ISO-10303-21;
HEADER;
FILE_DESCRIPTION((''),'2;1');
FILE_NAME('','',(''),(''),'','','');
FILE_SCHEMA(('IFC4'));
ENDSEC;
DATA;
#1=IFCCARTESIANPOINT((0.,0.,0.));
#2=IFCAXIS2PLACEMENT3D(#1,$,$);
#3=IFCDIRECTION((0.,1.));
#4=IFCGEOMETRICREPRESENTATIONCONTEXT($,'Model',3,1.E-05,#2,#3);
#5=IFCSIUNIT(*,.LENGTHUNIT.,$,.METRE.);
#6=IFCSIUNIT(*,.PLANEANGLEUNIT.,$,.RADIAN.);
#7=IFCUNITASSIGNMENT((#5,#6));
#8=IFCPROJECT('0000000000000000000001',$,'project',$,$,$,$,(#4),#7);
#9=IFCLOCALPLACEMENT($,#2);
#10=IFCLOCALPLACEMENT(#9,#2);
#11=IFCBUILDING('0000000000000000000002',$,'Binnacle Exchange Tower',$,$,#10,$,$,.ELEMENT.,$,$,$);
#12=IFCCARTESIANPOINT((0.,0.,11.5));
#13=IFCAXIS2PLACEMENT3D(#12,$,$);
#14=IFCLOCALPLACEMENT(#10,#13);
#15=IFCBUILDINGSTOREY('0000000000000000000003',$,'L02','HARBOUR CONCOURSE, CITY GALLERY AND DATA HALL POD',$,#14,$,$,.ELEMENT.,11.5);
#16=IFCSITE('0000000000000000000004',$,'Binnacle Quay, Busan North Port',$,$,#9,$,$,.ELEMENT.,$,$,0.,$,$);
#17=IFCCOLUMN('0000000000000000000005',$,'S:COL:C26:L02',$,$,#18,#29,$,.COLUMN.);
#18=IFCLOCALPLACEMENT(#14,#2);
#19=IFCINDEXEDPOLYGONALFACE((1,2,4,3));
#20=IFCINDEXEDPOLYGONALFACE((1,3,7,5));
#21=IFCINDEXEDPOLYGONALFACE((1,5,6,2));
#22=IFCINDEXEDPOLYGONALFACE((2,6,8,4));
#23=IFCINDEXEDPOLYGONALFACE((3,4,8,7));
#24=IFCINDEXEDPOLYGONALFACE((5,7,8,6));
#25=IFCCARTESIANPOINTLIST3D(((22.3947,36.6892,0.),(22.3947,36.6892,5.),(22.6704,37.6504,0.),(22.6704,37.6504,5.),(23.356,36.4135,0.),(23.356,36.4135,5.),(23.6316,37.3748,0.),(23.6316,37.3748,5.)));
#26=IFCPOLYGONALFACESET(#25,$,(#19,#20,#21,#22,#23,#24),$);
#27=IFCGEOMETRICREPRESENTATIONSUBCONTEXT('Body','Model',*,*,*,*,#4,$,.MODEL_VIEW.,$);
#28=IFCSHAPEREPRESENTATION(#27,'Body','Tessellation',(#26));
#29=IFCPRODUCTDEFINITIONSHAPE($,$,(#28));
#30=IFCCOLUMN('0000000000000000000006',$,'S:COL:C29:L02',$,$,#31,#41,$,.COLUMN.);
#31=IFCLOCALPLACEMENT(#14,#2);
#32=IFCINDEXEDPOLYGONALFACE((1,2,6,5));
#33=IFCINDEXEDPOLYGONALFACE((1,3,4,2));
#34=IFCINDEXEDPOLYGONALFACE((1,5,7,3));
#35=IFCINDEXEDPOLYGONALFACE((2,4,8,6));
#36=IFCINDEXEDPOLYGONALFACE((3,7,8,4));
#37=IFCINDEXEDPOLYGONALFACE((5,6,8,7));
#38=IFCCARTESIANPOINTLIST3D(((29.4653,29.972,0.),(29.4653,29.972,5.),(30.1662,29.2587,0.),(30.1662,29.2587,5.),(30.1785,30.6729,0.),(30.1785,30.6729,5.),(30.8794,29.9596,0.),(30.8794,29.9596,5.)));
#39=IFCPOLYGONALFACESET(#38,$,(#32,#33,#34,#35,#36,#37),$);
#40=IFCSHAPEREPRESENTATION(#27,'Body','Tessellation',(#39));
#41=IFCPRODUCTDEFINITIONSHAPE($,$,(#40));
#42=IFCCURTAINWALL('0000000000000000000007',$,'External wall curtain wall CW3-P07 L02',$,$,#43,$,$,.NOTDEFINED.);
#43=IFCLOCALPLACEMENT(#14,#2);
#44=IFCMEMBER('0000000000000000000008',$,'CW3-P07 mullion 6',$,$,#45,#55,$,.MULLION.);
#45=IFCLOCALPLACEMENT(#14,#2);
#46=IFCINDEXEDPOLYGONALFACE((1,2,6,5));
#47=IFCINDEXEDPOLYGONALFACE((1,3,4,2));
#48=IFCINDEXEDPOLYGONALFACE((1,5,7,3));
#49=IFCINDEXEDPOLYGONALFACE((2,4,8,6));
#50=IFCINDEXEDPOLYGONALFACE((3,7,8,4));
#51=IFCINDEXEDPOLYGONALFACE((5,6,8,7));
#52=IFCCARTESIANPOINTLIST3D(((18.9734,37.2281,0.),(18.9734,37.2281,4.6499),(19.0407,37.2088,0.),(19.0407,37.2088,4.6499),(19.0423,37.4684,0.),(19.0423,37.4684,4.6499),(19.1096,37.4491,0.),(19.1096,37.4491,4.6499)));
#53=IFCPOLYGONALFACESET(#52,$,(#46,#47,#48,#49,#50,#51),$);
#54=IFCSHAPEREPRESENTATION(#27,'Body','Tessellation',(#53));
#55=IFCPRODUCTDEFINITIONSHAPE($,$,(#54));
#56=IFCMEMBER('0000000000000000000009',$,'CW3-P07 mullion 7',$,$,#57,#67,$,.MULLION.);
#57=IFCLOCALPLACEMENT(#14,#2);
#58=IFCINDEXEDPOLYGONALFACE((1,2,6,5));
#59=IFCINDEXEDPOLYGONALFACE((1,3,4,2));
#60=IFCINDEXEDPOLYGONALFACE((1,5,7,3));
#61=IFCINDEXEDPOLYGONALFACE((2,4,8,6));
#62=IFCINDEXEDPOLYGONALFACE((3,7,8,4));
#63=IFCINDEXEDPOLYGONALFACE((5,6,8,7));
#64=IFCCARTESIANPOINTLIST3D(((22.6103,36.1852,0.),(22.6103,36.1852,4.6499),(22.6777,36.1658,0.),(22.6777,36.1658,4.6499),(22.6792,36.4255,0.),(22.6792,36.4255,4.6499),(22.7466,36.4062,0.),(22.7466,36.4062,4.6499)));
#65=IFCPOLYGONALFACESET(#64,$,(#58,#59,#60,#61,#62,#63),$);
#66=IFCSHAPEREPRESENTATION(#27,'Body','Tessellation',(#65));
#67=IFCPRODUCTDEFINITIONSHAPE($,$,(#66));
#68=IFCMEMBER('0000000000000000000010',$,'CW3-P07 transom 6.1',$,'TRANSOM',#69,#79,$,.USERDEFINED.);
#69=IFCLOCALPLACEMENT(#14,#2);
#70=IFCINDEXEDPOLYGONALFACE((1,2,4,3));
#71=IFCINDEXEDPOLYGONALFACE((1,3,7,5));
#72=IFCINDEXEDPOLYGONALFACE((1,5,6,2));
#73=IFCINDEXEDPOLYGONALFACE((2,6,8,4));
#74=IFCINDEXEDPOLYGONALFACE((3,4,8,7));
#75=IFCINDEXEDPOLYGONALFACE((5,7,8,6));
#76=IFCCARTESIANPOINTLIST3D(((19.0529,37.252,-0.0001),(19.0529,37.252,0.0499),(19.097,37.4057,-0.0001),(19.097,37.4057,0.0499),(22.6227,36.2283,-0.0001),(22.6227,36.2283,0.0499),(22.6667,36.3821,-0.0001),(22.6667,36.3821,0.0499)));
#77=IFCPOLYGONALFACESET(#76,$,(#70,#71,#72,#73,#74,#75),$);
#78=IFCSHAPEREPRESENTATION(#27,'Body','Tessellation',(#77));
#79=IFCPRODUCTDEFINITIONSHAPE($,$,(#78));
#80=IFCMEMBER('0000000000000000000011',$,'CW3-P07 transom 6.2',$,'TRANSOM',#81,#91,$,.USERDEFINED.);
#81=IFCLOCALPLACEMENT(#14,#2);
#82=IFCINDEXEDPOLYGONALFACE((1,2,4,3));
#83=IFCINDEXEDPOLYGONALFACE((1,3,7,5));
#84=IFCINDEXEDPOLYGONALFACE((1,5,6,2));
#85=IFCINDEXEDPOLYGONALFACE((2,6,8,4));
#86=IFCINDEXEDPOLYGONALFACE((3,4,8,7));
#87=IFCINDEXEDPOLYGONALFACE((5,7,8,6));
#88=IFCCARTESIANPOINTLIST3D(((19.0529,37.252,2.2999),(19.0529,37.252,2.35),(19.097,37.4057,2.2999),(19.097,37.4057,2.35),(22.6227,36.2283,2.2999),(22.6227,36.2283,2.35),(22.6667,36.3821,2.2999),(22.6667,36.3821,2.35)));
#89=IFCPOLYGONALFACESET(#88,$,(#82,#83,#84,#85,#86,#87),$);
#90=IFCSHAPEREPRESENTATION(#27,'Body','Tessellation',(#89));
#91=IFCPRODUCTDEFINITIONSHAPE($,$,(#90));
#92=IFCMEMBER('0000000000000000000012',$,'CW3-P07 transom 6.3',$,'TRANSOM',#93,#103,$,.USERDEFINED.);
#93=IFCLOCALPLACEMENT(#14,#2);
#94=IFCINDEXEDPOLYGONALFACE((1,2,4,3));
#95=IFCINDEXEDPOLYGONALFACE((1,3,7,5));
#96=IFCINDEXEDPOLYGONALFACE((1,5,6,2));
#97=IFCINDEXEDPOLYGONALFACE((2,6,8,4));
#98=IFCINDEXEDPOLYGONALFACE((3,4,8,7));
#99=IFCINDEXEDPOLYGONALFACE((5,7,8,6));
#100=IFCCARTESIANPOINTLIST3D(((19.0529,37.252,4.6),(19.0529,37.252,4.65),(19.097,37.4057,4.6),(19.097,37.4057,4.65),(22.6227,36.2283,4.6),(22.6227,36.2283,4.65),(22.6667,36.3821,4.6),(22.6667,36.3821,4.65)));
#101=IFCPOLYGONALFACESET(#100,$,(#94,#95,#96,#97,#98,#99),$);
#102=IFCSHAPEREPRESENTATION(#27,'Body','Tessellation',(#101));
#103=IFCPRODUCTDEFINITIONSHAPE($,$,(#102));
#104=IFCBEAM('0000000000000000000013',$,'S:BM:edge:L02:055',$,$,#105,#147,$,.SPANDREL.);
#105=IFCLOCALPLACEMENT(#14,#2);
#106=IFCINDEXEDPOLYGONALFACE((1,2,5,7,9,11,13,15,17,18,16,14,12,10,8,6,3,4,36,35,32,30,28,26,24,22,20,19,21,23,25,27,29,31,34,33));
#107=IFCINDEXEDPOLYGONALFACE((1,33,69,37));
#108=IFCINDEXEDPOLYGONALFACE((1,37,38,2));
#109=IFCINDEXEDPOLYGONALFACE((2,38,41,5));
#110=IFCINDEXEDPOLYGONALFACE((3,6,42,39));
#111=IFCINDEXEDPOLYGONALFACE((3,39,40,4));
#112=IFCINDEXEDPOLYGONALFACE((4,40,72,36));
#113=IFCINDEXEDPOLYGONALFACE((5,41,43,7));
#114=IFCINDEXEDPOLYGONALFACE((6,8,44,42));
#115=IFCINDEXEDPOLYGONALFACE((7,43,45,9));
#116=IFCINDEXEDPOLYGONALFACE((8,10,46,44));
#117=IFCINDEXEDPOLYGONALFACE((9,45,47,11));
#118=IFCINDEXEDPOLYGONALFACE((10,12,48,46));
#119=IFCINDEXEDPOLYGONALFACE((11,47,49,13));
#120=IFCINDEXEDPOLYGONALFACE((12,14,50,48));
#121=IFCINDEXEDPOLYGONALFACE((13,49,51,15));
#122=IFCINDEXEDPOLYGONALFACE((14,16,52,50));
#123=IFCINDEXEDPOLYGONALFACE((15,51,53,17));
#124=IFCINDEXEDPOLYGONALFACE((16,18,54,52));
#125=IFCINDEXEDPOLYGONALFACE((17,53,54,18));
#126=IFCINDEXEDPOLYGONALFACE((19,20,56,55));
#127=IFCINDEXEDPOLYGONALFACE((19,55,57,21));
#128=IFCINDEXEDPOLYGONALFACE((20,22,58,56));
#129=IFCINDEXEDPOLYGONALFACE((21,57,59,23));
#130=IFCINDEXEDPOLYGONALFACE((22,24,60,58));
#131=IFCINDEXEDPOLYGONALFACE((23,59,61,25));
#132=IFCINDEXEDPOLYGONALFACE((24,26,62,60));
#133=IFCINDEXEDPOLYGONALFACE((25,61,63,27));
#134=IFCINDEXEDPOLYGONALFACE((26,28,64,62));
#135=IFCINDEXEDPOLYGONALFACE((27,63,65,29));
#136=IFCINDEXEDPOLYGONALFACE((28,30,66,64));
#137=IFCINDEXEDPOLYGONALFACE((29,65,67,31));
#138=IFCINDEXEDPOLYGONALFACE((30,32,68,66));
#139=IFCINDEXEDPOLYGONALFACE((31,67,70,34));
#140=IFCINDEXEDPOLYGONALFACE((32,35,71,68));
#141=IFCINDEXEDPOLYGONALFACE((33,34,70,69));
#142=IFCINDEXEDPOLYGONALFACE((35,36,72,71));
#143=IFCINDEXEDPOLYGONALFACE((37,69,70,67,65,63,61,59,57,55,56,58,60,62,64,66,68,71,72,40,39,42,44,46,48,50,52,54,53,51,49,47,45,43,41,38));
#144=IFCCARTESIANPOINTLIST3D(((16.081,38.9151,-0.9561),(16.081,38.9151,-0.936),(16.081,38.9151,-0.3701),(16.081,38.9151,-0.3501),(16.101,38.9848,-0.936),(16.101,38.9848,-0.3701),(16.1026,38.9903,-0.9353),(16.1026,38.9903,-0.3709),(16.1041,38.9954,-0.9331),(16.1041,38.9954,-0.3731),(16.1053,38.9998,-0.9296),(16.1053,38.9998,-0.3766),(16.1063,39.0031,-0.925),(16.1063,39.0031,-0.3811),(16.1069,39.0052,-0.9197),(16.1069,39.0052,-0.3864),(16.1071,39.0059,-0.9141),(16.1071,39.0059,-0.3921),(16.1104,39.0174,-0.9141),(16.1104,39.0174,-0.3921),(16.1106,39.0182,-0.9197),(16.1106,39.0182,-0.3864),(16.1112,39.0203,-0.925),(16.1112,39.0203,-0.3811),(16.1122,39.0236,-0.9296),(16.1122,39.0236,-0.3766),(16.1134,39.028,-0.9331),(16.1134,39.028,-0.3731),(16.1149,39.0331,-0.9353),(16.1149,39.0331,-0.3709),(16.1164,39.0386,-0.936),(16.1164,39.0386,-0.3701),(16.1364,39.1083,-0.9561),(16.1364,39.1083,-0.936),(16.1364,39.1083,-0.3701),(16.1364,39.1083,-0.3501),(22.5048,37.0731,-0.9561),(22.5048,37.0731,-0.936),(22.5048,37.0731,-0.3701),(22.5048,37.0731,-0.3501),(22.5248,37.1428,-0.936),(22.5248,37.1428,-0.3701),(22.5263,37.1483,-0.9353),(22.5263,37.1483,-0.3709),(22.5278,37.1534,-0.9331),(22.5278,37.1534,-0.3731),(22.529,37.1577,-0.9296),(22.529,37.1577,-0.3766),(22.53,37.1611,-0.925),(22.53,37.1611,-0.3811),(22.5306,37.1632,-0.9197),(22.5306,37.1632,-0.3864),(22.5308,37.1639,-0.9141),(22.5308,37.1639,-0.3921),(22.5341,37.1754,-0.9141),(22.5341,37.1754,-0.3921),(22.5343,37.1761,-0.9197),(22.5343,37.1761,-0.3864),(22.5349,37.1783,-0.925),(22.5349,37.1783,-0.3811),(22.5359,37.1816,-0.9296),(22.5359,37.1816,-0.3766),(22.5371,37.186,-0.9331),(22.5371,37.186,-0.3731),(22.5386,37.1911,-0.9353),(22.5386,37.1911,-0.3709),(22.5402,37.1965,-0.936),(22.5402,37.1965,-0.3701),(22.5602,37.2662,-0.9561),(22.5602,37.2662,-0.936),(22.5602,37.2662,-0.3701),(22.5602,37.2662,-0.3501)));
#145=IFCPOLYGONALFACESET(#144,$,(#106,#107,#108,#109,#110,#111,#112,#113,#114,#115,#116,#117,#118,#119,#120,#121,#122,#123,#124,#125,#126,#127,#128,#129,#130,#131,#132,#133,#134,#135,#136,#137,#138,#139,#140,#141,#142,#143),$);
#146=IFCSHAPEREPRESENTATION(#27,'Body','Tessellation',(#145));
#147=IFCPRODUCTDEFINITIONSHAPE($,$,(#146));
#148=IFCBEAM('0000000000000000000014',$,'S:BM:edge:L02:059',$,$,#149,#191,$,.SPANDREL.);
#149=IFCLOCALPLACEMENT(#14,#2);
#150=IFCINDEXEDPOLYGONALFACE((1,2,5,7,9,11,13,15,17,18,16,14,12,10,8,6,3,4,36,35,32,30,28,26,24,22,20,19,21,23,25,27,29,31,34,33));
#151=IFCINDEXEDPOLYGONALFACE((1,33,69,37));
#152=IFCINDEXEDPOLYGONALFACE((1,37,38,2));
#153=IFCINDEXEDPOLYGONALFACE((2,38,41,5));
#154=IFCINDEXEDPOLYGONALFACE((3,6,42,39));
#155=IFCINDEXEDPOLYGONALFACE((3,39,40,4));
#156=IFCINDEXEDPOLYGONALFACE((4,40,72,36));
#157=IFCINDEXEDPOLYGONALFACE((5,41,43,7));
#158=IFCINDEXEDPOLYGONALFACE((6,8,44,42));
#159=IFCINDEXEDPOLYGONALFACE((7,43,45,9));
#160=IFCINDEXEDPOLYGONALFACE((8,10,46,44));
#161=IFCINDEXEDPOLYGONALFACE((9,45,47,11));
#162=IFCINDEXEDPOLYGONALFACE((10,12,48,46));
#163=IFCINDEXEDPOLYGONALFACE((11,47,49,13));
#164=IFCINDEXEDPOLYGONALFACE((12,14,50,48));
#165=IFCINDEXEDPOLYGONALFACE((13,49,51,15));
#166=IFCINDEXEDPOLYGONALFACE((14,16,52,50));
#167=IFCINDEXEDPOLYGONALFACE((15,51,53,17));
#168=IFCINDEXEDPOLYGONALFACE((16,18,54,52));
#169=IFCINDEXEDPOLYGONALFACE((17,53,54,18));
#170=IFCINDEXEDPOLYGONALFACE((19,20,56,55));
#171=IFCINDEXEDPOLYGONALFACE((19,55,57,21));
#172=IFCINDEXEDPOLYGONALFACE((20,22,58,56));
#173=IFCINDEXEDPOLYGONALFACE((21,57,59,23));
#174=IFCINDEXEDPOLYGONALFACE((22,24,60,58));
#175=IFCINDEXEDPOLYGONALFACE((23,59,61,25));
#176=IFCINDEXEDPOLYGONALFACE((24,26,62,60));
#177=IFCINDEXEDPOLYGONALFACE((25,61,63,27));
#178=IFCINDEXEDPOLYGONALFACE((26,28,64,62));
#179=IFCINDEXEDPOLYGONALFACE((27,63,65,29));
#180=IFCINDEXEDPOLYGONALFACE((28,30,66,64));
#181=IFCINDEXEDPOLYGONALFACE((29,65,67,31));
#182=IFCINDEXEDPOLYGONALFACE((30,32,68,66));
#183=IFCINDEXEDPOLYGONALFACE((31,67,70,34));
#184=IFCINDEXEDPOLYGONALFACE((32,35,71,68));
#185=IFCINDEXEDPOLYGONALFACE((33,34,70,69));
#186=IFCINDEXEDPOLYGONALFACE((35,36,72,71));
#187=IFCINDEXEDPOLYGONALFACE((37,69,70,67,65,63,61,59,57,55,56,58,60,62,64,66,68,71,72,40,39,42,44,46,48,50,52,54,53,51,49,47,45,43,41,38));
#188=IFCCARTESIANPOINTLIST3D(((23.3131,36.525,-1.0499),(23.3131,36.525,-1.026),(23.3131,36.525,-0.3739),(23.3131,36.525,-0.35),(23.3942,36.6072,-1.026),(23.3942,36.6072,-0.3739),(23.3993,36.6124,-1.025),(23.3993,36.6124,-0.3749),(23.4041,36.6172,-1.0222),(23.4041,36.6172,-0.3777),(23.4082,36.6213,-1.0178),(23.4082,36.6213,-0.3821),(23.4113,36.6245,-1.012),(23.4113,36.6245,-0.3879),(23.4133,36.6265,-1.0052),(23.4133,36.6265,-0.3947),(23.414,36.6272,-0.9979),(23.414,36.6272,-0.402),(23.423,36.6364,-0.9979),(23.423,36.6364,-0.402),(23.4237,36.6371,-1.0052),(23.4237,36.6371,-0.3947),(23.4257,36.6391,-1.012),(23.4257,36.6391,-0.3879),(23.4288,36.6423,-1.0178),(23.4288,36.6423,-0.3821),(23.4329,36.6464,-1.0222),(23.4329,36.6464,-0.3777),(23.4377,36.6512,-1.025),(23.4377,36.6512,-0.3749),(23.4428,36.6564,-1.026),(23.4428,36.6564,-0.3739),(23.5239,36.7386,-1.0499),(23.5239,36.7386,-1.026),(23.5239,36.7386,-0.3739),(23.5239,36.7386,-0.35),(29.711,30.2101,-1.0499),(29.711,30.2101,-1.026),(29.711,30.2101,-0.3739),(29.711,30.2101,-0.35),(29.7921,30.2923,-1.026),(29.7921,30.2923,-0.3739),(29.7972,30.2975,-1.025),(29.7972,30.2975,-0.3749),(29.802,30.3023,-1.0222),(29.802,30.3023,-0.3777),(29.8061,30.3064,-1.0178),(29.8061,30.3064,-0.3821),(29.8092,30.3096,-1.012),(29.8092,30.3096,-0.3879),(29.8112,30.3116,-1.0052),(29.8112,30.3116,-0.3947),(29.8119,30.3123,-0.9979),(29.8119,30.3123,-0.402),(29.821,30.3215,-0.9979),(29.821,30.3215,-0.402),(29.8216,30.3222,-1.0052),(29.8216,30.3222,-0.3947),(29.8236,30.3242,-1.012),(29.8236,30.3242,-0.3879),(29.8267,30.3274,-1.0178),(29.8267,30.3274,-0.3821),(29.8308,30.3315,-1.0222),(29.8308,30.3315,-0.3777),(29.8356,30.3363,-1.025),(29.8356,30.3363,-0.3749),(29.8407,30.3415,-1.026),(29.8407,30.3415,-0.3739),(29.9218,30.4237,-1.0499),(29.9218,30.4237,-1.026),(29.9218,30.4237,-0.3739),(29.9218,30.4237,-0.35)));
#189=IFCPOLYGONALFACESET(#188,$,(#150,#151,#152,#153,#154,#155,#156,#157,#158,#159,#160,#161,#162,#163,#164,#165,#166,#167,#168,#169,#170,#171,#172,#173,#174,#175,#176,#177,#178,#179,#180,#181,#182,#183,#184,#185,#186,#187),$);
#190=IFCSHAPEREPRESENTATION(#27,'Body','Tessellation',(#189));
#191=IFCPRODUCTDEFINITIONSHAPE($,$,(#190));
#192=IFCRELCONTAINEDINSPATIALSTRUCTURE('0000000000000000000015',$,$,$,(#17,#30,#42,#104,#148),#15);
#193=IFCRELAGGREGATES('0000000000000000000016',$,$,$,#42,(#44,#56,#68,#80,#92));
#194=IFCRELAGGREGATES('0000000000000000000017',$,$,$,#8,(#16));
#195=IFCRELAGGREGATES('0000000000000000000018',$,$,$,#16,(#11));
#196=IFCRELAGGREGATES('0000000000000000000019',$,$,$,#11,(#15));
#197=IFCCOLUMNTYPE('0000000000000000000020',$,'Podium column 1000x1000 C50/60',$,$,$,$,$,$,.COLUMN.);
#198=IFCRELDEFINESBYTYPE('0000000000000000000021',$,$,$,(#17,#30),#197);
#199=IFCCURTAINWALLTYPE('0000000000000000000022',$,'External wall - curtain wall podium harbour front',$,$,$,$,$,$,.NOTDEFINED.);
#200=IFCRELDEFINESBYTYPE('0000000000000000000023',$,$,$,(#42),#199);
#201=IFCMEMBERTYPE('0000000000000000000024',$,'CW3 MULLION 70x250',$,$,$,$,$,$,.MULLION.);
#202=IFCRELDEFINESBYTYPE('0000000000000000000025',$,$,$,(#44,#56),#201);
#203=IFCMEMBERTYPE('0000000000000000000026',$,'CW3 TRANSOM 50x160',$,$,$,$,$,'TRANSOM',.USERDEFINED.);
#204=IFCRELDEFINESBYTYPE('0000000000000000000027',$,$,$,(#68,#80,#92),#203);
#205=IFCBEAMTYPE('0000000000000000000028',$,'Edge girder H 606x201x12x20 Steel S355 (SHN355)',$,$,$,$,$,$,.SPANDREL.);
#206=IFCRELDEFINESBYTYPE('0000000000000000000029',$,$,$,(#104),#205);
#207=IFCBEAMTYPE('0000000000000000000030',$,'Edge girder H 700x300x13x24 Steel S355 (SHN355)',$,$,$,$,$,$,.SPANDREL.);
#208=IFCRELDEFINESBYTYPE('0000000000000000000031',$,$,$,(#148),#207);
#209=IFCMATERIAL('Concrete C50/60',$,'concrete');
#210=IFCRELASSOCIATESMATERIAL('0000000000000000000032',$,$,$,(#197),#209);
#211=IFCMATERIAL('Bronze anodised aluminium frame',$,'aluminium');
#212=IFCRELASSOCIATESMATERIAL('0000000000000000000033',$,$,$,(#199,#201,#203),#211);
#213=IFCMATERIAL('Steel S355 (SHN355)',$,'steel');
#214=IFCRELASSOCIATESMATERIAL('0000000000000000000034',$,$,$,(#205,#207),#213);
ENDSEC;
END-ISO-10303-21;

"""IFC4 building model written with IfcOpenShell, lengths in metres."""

from ifc_helpers import new_model, si_unit, direction, frame, origin, origin_2d, place, context, subcontext, project, spatial, rectangle, i_section, extrude, material, material_profile, profile_set, type_object, element, aggregate, save


model = new_model("IFC4")

# Units and contexts
model_context = context("Model", 3, precision=1e-05, world=origin(), true_north=direction((0.0, 1.0)))
body_context = subcontext(model_context, "Body", "Model", "MODEL_VIEW")
ifc_project = project(units=[si_unit("LENGTHUNIT", "METRE"), si_unit("PLANEANGLEUNIT", "RADIAN")], contexts=[model_context])

# Site, building, storey
site_placement = place(None, origin())
site = spatial("IfcSite", under=ifc_project, at=site_placement, Name="Binnacle Quay, Busan North Port", CompositionType="ELEMENT", RefElevation=0.0)
building_placement = place(site_placement, origin())
building = spatial("IfcBuilding", under=site, at=building_placement, Name="Binnacle Exchange Tower", CompositionType="ELEMENT")
storey_placement = place(building_placement, frame((0.0, 0.0, 11.5)))
storey = spatial("IfcBuildingStorey", under=building, at=storey_placement, Name="L02", Description="HARBOUR CONCOURSE, CITY GALLERY AND DATA HALL POD", CompositionType="ELEMENT", Elevation=11.5)

# Columns
ifc_material_1 = material(Name="Concrete C50/60", Category="concrete")
ifc_material_profile_1 = material_profile(ifc_material_1, rectangle(XDim=1.0, YDim=1.0, at=origin_2d()), Name="Podium column 1000x1000 C50/60")
ifc_profile_set_1 = profile_set([ifc_material_profile_1], Name="Concrete C50/60")
column_type = type_object("IfcColumnType", Name="Podium column 1000x1000 C50/60", PredefinedType="COLUMN", material=ifc_profile_set_1)
for number, where, z_axis, x_axis, name in (
    (1, (23.0132, 37.032, 0.0), (0.0, 0.0, 1.0), (0.961262, -0.275637, 0.0), "S:COL:C26:L02"),
    (2, (30.1724, 29.9658, 0.0), (0.0, 0.0, 1.0), (0.700909, -0.71325, 0.0), "S:COL:C29:L02"),
):
    element("IfcColumn", number, at=place(storey_placement, frame(where, z_axis=z_axis, x_axis=x_axis)), inside=storey, type_object=column_type, Name=name, PredefinedType="COLUMN", context=body_context, shape_type="SweptSolid", body=[
        extrude(rectangle(XDim=1.0, YDim=1.0, at=origin_2d()), origin(), (0.0, 0.0, 1.0), 5.0),
    ])

# Curtain wall, members
ifc_material_2 = material(Name="Bronze anodised aluminium frame", Category="aluminium")
curtain_wall_type = type_object("IfcCurtainWallType", Name="External wall - curtain wall podium harbour front", PredefinedType="NOTDEFINED", material=ifc_material_2)
curtain_wall_placement = place(storey_placement, origin())
curtain_wall = element("IfcCurtainWall", 3, at=curtain_wall_placement, inside=storey, type_object=curtain_wall_type, Name="External wall curtain wall CW3-P07 L02", PredefinedType="NOTDEFINED")
ifc_material_profile_2 = material_profile(ifc_material_2, rectangle(XDim=0.25, YDim=0.0701, at=origin_2d()), Name="AL 70x250")
ifc_profile_set_2 = profile_set([ifc_material_profile_2], Name="Bronze anodised aluminium frame")
member_type_1 = type_object("IfcMemberType", Name="CW3 MULLION 70x250", PredefinedType="MULLION", material=ifc_profile_set_2)
member_1_placement = place(storey_placement, frame((19.0415, 37.3386, 0.0), z_axis=(0.0, 0.0, 1.0), x_axis=(0.275637, 0.961262, 0.0)))
member_1 = element("IfcMember", 4, at=member_1_placement, type_object=member_type_1, Name="CW3-P07 mullion 6", PredefinedType="MULLION", context=body_context, shape_type="SweptSolid", body=[
    extrude(rectangle(XDim=0.25, YDim=0.0701, at=origin_2d()), origin(), (0.0, 0.0, 1.0), 4.6499),
])
member_2_placement = place(storey_placement, frame((22.6785, 36.2957, 0.0), z_axis=(0.0, 0.0, 1.0), x_axis=(0.275637, 0.961262, 0.0)))
member_2 = element("IfcMember", 5, at=member_2_placement, type_object=member_type_1, Name="CW3-P07 mullion 7", PredefinedType="MULLION", context=body_context, shape_type="SweptSolid", body=[
    extrude(rectangle(XDim=0.25, YDim=0.0701, at=origin_2d()), origin(), (0.0, 0.0, 1.0), 4.6499),
])
ifc_material_profile_3 = material_profile(ifc_material_2, rectangle(XDim=0.1599, YDim=0.05, at=origin_2d()), Name="AL 160x50")
ifc_profile_set_3 = profile_set([ifc_material_profile_3], Name="Bronze anodised aluminium frame")
member_type_2 = type_object("IfcMemberType", Name="CW3 TRANSOM 50x160", ElementType="TRANSOM", PredefinedType="USERDEFINED", material=ifc_profile_set_3)
member_3_placement = place(storey_placement, frame((19.075, 37.3289, 0.0249), z_axis=(0.961258, -0.27565, 0.0), x_axis=(0.27565, 0.961258, 0.0)))
member_3 = element("IfcMember", 6, at=member_3_placement, type_object=member_type_2, Name="CW3-P07 transom 6.1", ObjectType="TRANSOM", PredefinedType="USERDEFINED", context=body_context, shape_type="SweptSolid", body=[
    extrude(rectangle(XDim=0.1599, YDim=0.05, at=origin_2d()), origin(), (0.0, 0.0, 1.0), 3.7136),
])
member_4_placement = place(storey_placement, frame((19.075, 37.3289, 2.325), z_axis=(0.961258, -0.27565, 0.0), x_axis=(0.27565, 0.961258, 0.0)))
member_4 = element("IfcMember", 7, at=member_4_placement, type_object=member_type_2, Name="CW3-P07 transom 6.2", ObjectType="TRANSOM", PredefinedType="USERDEFINED", context=body_context, shape_type="SweptSolid", body=[
    extrude(rectangle(XDim=0.1599, YDim=0.05, at=origin_2d()), origin(), (0.0, 0.0, 1.0), 3.7136),
])
member_5_placement = place(storey_placement, frame((19.075, 37.3289, 4.625), z_axis=(0.961258, -0.27565, 0.0), x_axis=(0.27565, 0.961258, 0.0)))
member_5 = element("IfcMember", 8, at=member_5_placement, type_object=member_type_2, Name="CW3-P07 transom 6.3", ObjectType="TRANSOM", PredefinedType="USERDEFINED", context=body_context, shape_type="SweptSolid", body=[
    extrude(rectangle(XDim=0.1599, YDim=0.05, at=origin_2d()), origin(), (0.0, 0.0, 1.0), 3.7136),
])

# Beams
ifc_material_3 = material(Name="Steel S355 (SHN355)", Category="steel")
ifc_material_profile_4 = material_profile(ifc_material_3, i_section(OverallWidth=0.2009, OverallDepth=0.606, WebThickness=0.012, FlangeThickness=0.02, FilletRadius=0.022, at=origin_2d()), Name="H 606x201x12x20")
ifc_profile_set_4 = profile_set([ifc_material_profile_4], Name="Steel S355 (SHN355)")
beam_type_1 = type_object("IfcBeamType", Name="Edge girder H 606x201x12x20 Steel S355 (SHN355)", PredefinedType="SPANDREL", material=ifc_profile_set_4)
beam_1_placement = place(storey_placement, frame((22.5325, 37.1697, -0.6531), z_axis=(-0.96126, 0.275643, 0.0), x_axis=(-0.275643, -0.96126, 0.0)))
element("IfcBeam", 9, at=beam_1_placement, inside=storey, type_object=beam_type_1, Name="S:BM:edge:L02:055", PredefinedType="SPANDREL", context=body_context, shape_type="SweptSolid", body=[
    extrude(i_section(OverallWidth=0.2009, OverallDepth=0.606, WebThickness=0.012, FlangeThickness=0.02, FilletRadius=0.022, at=origin_2d()), origin(), (0.0, 0.0, 1.0), 6.6826),
])
ifc_material_profile_5 = material_profile(ifc_material_3, i_section(OverallWidth=0.3, OverallDepth=0.7, WebThickness=0.0129, FlangeThickness=0.0239, FilletRadius=0.0281, at=origin_2d()), Name="H 700x300x13x24")
ifc_profile_set_5 = profile_set([ifc_material_profile_5], Name="Steel S355 (SHN355)")
beam_type_2 = type_object("IfcBeamType", Name="Edge girder H 700x300x13x24 Steel S355 (SHN355)", PredefinedType="SPANDREL", material=ifc_profile_set_5)
beam_2_placement = place(storey_placement, frame((29.8164, 30.3169, -0.7), z_axis=(-0.711709, 0.702475, 0.0), x_axis=(-0.702475, -0.711709, 0.0)))
element("IfcBeam", 10, at=beam_2_placement, inside=storey, type_object=beam_type_2, Name="S:BM:edge:L02:059", PredefinedType="SPANDREL", context=body_context, shape_type="SweptSolid", body=[
    extrude(i_section(OverallWidth=0.3, OverallDepth=0.7, WebThickness=0.0129, FlangeThickness=0.0239, FilletRadius=0.0281, at=origin_2d()), origin(), (0.0, 0.0, 1.0), 8.9895),
])

aggregate(curtain_wall, [member_1, member_2, member_3, member_4, member_5])

save(model, "model.ifc")
